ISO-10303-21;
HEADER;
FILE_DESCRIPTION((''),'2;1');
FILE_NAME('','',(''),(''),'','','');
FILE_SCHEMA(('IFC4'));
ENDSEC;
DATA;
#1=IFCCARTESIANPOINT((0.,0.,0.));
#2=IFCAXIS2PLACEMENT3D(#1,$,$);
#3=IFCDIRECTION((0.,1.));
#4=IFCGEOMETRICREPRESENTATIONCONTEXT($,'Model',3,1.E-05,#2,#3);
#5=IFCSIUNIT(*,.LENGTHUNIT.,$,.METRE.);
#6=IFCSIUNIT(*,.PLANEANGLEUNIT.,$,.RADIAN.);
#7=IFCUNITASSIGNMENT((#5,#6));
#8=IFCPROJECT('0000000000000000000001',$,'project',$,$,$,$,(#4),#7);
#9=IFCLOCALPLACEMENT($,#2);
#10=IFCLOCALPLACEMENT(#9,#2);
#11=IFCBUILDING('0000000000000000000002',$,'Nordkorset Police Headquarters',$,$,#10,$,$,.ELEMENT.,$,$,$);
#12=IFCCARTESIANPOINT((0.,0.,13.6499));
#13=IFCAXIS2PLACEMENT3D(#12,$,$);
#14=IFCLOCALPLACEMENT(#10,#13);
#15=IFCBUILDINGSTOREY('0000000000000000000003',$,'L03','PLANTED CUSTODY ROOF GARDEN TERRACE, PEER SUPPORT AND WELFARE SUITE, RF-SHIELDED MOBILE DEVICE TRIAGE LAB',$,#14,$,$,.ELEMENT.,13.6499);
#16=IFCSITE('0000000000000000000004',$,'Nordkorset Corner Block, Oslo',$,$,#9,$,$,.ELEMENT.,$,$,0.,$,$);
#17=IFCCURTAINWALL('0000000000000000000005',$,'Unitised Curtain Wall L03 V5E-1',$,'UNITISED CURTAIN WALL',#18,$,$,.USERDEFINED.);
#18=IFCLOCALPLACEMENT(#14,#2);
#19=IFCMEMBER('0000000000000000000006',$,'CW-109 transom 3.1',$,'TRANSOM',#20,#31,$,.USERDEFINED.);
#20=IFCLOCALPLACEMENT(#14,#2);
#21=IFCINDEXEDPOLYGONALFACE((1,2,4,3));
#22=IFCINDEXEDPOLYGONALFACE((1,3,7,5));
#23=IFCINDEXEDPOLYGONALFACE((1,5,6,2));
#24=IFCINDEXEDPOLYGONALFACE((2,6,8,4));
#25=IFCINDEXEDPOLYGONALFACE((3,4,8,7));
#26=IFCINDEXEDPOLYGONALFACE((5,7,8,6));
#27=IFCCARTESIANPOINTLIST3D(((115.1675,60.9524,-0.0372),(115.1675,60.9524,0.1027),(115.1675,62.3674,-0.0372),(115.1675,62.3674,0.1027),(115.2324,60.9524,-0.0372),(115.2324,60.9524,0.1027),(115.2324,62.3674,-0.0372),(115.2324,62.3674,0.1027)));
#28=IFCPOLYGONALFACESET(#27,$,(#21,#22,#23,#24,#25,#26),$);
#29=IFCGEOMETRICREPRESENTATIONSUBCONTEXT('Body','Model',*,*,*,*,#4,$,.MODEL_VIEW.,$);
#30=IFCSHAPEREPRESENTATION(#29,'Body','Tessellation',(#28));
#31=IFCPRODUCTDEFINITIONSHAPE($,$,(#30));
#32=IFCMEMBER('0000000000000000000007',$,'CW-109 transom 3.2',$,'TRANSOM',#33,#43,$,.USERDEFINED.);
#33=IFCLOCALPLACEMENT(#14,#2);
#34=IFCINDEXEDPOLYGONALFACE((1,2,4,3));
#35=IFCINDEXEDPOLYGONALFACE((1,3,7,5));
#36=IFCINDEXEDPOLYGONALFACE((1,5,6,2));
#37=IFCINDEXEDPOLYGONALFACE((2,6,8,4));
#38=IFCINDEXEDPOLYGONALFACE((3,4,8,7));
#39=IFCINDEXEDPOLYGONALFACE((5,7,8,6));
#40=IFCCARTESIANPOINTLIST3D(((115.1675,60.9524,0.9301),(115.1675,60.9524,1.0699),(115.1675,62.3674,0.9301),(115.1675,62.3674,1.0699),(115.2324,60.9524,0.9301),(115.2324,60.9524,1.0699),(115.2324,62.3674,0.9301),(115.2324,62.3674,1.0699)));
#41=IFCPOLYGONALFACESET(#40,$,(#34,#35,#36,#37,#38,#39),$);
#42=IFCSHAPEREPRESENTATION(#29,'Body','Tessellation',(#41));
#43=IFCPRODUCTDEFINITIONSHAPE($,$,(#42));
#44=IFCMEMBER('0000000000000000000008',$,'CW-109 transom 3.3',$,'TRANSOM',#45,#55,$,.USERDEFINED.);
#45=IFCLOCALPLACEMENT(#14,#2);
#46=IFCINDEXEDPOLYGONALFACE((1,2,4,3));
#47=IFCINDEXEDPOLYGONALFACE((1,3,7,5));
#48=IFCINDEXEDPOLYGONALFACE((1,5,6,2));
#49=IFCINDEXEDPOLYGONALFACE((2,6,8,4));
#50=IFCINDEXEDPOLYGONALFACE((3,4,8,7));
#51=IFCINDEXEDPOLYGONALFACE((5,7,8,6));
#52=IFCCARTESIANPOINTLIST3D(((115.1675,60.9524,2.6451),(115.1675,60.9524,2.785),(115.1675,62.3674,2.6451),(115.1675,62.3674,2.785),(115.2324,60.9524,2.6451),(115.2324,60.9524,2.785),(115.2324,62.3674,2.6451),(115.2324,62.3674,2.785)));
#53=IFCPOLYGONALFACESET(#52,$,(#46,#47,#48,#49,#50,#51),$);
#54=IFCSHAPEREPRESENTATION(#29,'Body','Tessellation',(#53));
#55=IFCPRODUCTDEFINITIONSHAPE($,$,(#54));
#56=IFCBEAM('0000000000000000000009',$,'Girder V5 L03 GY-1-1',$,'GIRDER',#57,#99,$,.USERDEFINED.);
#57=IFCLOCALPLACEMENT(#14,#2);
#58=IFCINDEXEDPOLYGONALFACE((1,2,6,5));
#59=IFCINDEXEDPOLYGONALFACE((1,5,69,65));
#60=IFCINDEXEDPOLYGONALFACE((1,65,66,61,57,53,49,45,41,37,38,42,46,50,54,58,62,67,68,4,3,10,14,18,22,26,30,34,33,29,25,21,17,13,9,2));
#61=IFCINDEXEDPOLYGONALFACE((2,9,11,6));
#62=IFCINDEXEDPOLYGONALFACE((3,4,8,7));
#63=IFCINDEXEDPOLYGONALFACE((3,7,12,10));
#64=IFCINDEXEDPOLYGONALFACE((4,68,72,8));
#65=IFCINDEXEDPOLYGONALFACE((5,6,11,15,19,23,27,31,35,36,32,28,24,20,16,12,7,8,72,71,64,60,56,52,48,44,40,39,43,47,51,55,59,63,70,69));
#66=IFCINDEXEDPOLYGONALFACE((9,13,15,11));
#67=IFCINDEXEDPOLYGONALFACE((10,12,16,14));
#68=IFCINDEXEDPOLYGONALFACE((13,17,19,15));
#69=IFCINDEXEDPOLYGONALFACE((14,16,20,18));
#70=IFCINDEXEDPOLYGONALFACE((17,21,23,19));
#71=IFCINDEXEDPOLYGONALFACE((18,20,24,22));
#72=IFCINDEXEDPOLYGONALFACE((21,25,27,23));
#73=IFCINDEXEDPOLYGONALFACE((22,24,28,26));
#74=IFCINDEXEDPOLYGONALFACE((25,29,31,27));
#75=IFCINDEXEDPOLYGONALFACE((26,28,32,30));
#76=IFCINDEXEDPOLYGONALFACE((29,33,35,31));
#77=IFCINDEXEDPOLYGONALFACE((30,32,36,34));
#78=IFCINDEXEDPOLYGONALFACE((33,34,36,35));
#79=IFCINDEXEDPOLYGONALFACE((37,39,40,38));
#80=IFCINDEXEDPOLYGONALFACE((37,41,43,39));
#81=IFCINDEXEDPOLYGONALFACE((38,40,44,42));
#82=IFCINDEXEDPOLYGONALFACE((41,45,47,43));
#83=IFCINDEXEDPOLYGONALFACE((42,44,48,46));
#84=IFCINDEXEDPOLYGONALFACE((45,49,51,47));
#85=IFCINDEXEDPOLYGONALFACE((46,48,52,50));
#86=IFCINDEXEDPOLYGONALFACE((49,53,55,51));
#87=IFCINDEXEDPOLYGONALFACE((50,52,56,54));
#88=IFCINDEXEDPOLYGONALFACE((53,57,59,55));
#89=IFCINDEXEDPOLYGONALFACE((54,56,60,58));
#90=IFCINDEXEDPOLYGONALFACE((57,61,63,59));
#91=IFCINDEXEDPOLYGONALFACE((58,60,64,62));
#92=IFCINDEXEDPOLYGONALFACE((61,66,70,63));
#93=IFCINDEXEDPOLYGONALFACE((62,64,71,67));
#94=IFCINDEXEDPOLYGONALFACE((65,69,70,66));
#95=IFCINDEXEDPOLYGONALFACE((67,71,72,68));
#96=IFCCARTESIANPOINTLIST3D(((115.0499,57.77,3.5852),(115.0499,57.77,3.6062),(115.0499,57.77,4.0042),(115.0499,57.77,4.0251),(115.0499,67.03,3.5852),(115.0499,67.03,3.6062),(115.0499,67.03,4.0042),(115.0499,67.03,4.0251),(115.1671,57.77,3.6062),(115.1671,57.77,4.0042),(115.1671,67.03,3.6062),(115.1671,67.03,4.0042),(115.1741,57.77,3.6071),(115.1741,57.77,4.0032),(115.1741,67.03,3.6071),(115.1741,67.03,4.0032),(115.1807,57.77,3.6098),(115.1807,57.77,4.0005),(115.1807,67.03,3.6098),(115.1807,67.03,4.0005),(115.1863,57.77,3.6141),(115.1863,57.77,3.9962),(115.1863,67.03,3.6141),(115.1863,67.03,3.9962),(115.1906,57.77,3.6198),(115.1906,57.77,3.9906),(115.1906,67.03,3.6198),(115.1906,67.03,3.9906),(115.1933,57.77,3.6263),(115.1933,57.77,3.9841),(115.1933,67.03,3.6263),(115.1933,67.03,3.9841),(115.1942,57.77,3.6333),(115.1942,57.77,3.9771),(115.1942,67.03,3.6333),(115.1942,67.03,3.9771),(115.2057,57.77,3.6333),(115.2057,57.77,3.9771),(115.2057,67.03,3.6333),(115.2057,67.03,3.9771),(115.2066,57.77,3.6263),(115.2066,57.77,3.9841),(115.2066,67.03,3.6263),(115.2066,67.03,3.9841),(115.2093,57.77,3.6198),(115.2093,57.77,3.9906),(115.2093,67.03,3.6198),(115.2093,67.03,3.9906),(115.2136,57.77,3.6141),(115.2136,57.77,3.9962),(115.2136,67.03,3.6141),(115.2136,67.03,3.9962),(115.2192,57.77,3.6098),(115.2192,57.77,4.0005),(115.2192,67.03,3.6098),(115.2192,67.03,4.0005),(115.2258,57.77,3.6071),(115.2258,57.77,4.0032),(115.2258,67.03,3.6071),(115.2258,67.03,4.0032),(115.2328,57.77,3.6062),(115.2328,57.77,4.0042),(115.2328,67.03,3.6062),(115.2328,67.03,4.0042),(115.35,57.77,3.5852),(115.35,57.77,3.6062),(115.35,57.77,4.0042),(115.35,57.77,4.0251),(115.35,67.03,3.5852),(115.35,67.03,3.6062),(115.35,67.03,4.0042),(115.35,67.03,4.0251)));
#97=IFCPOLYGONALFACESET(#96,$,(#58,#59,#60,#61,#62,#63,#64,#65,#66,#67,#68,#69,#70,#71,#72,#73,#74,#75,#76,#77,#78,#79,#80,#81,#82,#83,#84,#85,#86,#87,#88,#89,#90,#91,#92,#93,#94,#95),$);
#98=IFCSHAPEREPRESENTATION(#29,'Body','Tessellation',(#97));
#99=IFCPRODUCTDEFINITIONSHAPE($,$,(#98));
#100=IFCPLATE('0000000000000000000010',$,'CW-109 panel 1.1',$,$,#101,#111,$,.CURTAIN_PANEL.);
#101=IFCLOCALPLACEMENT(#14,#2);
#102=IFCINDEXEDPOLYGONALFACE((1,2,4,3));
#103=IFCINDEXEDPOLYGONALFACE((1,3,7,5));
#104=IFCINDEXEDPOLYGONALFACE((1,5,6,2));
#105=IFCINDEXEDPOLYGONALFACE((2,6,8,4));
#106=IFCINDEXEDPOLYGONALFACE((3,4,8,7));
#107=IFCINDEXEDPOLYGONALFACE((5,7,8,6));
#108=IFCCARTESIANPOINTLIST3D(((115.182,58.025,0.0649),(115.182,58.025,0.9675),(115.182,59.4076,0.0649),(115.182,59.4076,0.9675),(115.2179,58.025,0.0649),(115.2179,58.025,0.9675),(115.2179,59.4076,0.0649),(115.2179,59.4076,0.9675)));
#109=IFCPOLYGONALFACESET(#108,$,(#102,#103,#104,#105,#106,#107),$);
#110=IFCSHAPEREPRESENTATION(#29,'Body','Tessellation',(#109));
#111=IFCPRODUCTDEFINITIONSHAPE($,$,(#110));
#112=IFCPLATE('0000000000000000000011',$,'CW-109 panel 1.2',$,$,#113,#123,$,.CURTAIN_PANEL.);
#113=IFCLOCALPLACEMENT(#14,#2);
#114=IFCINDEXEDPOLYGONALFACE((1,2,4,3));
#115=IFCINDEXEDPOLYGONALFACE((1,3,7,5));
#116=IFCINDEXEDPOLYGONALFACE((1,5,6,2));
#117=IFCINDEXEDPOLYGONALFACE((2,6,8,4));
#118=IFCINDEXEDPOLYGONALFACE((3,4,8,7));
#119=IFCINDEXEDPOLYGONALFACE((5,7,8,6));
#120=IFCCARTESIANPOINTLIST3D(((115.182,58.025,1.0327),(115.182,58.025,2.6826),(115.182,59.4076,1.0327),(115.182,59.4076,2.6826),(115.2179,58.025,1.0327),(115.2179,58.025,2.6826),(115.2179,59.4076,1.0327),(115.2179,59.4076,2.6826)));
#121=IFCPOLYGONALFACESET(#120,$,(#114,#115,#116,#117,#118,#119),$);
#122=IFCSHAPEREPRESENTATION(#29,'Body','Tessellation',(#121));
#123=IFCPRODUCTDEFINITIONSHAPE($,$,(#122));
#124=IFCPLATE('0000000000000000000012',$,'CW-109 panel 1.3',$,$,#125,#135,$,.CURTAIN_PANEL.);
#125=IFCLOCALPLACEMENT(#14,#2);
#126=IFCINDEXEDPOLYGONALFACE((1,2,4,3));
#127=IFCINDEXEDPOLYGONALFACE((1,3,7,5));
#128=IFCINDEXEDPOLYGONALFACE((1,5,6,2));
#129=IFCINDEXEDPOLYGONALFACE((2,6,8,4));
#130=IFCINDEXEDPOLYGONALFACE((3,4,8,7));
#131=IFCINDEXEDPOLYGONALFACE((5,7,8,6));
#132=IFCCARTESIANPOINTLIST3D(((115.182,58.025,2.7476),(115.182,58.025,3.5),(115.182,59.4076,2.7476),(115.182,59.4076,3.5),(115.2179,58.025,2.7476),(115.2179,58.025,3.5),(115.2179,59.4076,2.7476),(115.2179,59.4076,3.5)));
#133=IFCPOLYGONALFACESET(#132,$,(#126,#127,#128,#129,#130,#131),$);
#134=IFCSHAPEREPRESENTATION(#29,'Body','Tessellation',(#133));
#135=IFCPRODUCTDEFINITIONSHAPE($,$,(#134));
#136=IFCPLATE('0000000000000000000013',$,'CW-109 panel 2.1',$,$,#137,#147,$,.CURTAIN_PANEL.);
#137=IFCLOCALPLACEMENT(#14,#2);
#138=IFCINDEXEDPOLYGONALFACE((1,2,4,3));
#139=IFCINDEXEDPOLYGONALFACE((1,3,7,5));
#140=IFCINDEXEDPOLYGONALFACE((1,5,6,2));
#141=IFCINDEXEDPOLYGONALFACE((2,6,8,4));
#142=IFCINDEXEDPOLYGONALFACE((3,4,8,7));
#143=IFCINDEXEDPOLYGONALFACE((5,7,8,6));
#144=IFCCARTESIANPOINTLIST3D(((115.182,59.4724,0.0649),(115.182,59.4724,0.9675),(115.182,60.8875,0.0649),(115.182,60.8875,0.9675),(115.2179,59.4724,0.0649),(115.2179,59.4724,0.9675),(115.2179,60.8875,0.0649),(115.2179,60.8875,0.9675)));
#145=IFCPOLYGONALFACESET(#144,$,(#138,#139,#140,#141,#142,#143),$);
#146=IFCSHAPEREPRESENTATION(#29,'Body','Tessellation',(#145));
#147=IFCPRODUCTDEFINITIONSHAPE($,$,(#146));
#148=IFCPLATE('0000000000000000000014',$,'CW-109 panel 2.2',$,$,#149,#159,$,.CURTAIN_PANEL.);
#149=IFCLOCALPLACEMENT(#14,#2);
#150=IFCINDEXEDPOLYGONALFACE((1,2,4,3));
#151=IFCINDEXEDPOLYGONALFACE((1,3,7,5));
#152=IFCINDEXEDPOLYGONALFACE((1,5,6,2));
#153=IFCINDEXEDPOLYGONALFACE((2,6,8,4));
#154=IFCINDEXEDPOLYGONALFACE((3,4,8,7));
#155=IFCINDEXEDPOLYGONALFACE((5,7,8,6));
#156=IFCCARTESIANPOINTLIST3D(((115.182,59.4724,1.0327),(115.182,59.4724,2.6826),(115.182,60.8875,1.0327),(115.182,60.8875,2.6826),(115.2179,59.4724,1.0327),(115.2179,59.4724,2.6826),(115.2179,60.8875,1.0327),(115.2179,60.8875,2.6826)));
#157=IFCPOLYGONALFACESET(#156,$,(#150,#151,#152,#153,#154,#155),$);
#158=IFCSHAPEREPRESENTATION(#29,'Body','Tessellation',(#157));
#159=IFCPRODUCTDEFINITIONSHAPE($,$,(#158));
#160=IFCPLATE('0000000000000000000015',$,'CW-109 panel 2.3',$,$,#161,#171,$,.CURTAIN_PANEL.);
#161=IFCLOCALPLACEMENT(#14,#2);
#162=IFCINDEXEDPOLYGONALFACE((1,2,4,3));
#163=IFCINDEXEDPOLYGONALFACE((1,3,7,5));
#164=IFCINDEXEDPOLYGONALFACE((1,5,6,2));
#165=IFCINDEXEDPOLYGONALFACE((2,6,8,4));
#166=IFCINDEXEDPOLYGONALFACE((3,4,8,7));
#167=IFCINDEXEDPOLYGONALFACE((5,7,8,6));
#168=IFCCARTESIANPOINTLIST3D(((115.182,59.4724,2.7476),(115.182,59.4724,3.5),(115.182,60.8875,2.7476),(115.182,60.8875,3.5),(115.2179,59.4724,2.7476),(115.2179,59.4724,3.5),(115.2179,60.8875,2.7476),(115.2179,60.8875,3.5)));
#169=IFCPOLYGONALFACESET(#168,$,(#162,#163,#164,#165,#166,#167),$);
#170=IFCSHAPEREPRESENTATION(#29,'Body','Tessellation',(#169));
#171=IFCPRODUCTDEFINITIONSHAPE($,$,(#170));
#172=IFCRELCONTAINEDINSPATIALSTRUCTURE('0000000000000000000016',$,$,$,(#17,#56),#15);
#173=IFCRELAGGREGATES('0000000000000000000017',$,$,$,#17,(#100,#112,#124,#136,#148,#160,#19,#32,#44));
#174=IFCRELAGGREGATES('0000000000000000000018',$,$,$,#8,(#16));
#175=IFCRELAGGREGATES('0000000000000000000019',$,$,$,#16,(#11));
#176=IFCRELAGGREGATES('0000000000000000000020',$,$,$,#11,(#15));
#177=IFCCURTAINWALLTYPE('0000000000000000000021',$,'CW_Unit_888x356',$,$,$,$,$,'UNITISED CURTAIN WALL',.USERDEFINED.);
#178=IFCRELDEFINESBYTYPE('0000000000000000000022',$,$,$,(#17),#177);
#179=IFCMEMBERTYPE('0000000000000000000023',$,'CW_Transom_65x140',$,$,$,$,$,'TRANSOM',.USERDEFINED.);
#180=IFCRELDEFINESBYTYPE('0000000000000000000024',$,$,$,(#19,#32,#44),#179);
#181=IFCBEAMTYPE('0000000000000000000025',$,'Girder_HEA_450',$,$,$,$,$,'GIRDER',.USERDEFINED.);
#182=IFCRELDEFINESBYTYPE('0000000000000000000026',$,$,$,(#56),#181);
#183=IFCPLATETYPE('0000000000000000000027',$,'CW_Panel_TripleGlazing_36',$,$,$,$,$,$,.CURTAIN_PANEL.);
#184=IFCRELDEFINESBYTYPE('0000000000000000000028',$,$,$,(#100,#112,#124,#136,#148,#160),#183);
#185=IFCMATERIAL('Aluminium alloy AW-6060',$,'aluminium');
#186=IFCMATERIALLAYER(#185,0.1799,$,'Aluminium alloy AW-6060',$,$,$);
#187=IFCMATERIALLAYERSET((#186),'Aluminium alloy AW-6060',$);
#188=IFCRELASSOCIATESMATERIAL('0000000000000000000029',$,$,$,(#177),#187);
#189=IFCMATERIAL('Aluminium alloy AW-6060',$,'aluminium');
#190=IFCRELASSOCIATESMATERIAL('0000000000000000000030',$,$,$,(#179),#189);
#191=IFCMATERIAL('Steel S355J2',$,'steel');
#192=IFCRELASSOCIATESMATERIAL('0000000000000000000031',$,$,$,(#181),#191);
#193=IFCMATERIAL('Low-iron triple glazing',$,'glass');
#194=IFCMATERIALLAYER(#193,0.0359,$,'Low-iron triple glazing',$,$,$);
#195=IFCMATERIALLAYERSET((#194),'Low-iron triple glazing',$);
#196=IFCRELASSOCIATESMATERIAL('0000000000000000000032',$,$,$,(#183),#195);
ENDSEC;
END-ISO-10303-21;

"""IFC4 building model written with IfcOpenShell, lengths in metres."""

from ifc_helpers import new_model, si_unit, direction, frame, origin, origin_2d, place, context, subcontext, project, spatial, rectangle, i_section, extrude, material, layer, layer_set, material_profile, profile_set, type_object, element, aggregate, save


model = new_model("IFC4")

# Units and contexts
model_context = context("Model", 3, precision=1e-05, world=origin(), true_north=direction((0.0, 1.0)))
body_context = subcontext(model_context, "Body", "Model", "MODEL_VIEW")
ifc_project = project(units=[si_unit("LENGTHUNIT", "METRE"), si_unit("PLANEANGLEUNIT", "RADIAN")], contexts=[model_context])

# Site, building, storey
site_placement = place(None, origin())
site = spatial("IfcSite", under=ifc_project, at=site_placement, Name="Nordkorset Corner Block, Oslo", CompositionType="ELEMENT", RefElevation=0.0)
building_placement = place(site_placement, origin())
building = spatial("IfcBuilding", under=site, at=building_placement, Name="Nordkorset Police Headquarters", CompositionType="ELEMENT")
storey_placement = place(building_placement, frame((0.0, 0.0, 13.6499)))
storey = spatial("IfcBuildingStorey", under=building, at=storey_placement, Name="L03", Description="PLANTED CUSTODY ROOF GARDEN TERRACE, PEER SUPPORT AND WELFARE SUITE, RF-SHIELDED MOBILE DEVICE TRIAGE LAB", CompositionType="ELEMENT", Elevation=13.6499)

# Curtain wall, members
ifc_material_1 = material(Name="Aluminium alloy AW-6060", Category="aluminium")
ifc_layer_1 = layer(ifc_material_1, 0.1799, Name="Aluminium alloy AW-6060")
ifc_layer_set_1 = layer_set([ifc_layer_1], Name="Aluminium alloy AW-6060")
curtain_wall_type = type_object("IfcCurtainWallType", Name="CW_Unit_888x356", ElementType="UNITISED CURTAIN WALL", PredefinedType="USERDEFINED", material=ifc_layer_set_1)
curtain_wall_placement = place(storey_placement, origin())
curtain_wall = element("IfcCurtainWall", 1, at=curtain_wall_placement, inside=storey, type_object=curtain_wall_type, Name="Unitised Curtain Wall L03 V5E-1", ObjectType="UNITISED CURTAIN WALL", PredefinedType="USERDEFINED")
ifc_material_2 = material(Name="Aluminium alloy AW-6060", Category="aluminium")
ifc_material_profile_1 = material_profile(ifc_material_2, rectangle(XDim=0.0649, YDim=0.1399, at=origin_2d()), Name="ALU TRAN 65x140")
ifc_profile_set_1 = profile_set([ifc_material_profile_1], Name="Aluminium alloy AW-6060")
member_type_1 = type_object("IfcMemberType", Name="CW_Transom_65x140", ElementType="TRANSOM", PredefinedType="USERDEFINED", material=ifc_profile_set_1)
member_1_placement = place(storey_placement, frame((115.2, 60.9524, 0.0327), z_axis=(0.0, 1.0, 0.0), x_axis=(-1.0, 0.0, 0.0)))
member_1 = element("IfcMember", 2, at=member_1_placement, type_object=member_type_1, Name="CW-109 transom 3.1", ObjectType="TRANSOM", PredefinedType="USERDEFINED", context=body_context, shape_type="SweptSolid", body=[
    extrude(rectangle(XDim=0.0649, YDim=0.1399, at=origin_2d()), origin(), (0.0, 0.0, 1.0), 1.415),
])
member_2_placement = place(storey_placement, frame((115.2, 60.9524, 1.0), z_axis=(0.0, 1.0, 0.0), x_axis=(-1.0, 0.0, 0.0)))
member_2 = element("IfcMember", 3, at=member_2_placement, type_object=member_type_1, Name="CW-109 transom 3.2", ObjectType="TRANSOM", PredefinedType="USERDEFINED", context=body_context, shape_type="SweptSolid", body=[
    extrude(rectangle(XDim=0.0649, YDim=0.1399, at=origin_2d()), origin(), (0.0, 0.0, 1.0), 1.415),
])
member_3_placement = place(storey_placement, frame((115.2, 60.9524, 2.7151), z_axis=(0.0, 1.0, 0.0), x_axis=(-1.0, 0.0, 0.0)))
member_3 = element("IfcMember", 4, at=member_3_placement, type_object=member_type_1, Name="CW-109 transom 3.3", ObjectType="TRANSOM", PredefinedType="USERDEFINED", context=body_context, shape_type="SweptSolid", body=[
    extrude(rectangle(XDim=0.0649, YDim=0.1399, at=origin_2d()), origin(), (0.0, 0.0, 1.0), 1.415),
])

# Beam
ifc_material_3 = material(Name="Steel S355J2", Category="steel")
ifc_material_profile_2 = material_profile(ifc_material_3, i_section(OverallWidth=0.3, OverallDepth=0.4399, WebThickness=0.0115, FlangeThickness=0.021, FilletRadius=0.0271, at=origin_2d()), Name="HEA 450")
ifc_profile_set_2 = profile_set([ifc_material_profile_2], Name="Steel S355J2")
beam_type = type_object("IfcBeamType", Name="Girder_HEA_450", ElementType="GIRDER", PredefinedType="USERDEFINED", material=ifc_profile_set_2)
beam_placement = place(storey_placement, frame((115.2, 57.77, 3.8052), z_axis=(0.0, 1.0, 0.0), x_axis=(-1.0, 0.0, 0.0)))
element("IfcBeam", 5, at=beam_placement, inside=storey, type_object=beam_type, Name="Girder V5 L03 GY-1-1", ObjectType="GIRDER", PredefinedType="USERDEFINED", context=body_context, shape_type="SweptSolid", body=[
    extrude(i_section(OverallWidth=0.3, OverallDepth=0.4399, WebThickness=0.0115, FlangeThickness=0.021, FilletRadius=0.0271, at=origin_2d()), origin(), (0.0, 0.0, 1.0), 9.26),
])

# Plates
ifc_material_4 = material(Name="Low-iron triple glazing", Category="glass")
ifc_layer_2 = layer(ifc_material_4, 0.0359, Name="Low-iron triple glazing")
ifc_layer_set_2 = layer_set([ifc_layer_2], Name="Low-iron triple glazing")
plate_type = type_object("IfcPlateType", Name="CW_Panel_TripleGlazing_36", PredefinedType="CURTAIN_PANEL", material=ifc_layer_set_2)
plate_1_placement = place(storey_placement, frame((115.2, 58.7163, 0.0649), z_axis=(0.0, 0.0, 1.0), x_axis=(0.0, 1.0, 0.0)))
plate_1 = element("IfcPlate", 6, at=plate_1_placement, type_object=plate_type, Name="CW-109 panel 1.1", PredefinedType="CURTAIN_PANEL", context=body_context, shape_type="SweptSolid", body=[
    extrude(rectangle(XDim=1.3826, YDim=0.0359, at=origin_2d()), origin(), (0.0, 0.0, 1.0), 0.9026),
])
plate_2_placement = place(storey_placement, frame((115.2, 58.7163, 1.0327), z_axis=(0.0, 0.0, 1.0), x_axis=(0.0, 1.0, 0.0)))
plate_2 = element("IfcPlate", 7, at=plate_2_placement, type_object=plate_type, Name="CW-109 panel 1.2", PredefinedType="CURTAIN_PANEL", context=body_context, shape_type="SweptSolid", body=[
    extrude(rectangle(XDim=1.3826, YDim=0.0359, at=origin_2d()), origin(), (0.0, 0.0, 1.0), 1.6499),
])
plate_3_placement = place(storey_placement, frame((115.2, 58.7163, 2.7476), z_axis=(0.0, 0.0, 1.0), x_axis=(0.0, 1.0, 0.0)))
plate_3 = element("IfcPlate", 8, at=plate_3_placement, type_object=plate_type, Name="CW-109 panel 1.3", PredefinedType="CURTAIN_PANEL", context=body_context, shape_type="SweptSolid", body=[
    extrude(rectangle(XDim=1.3826, YDim=0.0359, at=origin_2d()), origin(), (0.0, 0.0, 1.0), 0.7524),
])
plate_4_placement = place(storey_placement, frame((115.2, 60.1799, 0.0649), z_axis=(0.0, 0.0, 1.0), x_axis=(0.0, 1.0, 0.0)))
plate_4 = element("IfcPlate", 9, at=plate_4_placement, type_object=plate_type, Name="CW-109 panel 2.1", PredefinedType="CURTAIN_PANEL", context=body_context, shape_type="SweptSolid", body=[
    extrude(rectangle(XDim=1.415, YDim=0.0359, at=origin_2d()), origin(), (0.0, 0.0, 1.0), 0.9026),
])
plate_5_placement = place(storey_placement, frame((115.2, 60.1799, 1.0327), z_axis=(0.0, 0.0, 1.0), x_axis=(0.0, 1.0, 0.0)))
plate_5 = element("IfcPlate", 10, at=plate_5_placement, type_object=plate_type, Name="CW-109 panel 2.2", PredefinedType="CURTAIN_PANEL", context=body_context, shape_type="SweptSolid", body=[
    extrude(rectangle(XDim=1.415, YDim=0.0359, at=origin_2d()), origin(), (0.0, 0.0, 1.0), 1.6499),
])
plate_6_placement = place(storey_placement, frame((115.2, 60.1799, 2.7476), z_axis=(0.0, 0.0, 1.0), x_axis=(0.0, 1.0, 0.0)))
plate_6 = element("IfcPlate", 11, at=plate_6_placement, type_object=plate_type, Name="CW-109 panel 2.3", PredefinedType="CURTAIN_PANEL", context=body_context, shape_type="SweptSolid", body=[
    extrude(rectangle(XDim=1.415, YDim=0.0359, at=origin_2d()), origin(), (0.0, 0.0, 1.0), 0.7524),
])
aggregate(curtain_wall, [plate_1, plate_2, plate_3, plate_4, plate_5, plate_6, member_1, member_2, member_3])

save(model, "model.ifc")
